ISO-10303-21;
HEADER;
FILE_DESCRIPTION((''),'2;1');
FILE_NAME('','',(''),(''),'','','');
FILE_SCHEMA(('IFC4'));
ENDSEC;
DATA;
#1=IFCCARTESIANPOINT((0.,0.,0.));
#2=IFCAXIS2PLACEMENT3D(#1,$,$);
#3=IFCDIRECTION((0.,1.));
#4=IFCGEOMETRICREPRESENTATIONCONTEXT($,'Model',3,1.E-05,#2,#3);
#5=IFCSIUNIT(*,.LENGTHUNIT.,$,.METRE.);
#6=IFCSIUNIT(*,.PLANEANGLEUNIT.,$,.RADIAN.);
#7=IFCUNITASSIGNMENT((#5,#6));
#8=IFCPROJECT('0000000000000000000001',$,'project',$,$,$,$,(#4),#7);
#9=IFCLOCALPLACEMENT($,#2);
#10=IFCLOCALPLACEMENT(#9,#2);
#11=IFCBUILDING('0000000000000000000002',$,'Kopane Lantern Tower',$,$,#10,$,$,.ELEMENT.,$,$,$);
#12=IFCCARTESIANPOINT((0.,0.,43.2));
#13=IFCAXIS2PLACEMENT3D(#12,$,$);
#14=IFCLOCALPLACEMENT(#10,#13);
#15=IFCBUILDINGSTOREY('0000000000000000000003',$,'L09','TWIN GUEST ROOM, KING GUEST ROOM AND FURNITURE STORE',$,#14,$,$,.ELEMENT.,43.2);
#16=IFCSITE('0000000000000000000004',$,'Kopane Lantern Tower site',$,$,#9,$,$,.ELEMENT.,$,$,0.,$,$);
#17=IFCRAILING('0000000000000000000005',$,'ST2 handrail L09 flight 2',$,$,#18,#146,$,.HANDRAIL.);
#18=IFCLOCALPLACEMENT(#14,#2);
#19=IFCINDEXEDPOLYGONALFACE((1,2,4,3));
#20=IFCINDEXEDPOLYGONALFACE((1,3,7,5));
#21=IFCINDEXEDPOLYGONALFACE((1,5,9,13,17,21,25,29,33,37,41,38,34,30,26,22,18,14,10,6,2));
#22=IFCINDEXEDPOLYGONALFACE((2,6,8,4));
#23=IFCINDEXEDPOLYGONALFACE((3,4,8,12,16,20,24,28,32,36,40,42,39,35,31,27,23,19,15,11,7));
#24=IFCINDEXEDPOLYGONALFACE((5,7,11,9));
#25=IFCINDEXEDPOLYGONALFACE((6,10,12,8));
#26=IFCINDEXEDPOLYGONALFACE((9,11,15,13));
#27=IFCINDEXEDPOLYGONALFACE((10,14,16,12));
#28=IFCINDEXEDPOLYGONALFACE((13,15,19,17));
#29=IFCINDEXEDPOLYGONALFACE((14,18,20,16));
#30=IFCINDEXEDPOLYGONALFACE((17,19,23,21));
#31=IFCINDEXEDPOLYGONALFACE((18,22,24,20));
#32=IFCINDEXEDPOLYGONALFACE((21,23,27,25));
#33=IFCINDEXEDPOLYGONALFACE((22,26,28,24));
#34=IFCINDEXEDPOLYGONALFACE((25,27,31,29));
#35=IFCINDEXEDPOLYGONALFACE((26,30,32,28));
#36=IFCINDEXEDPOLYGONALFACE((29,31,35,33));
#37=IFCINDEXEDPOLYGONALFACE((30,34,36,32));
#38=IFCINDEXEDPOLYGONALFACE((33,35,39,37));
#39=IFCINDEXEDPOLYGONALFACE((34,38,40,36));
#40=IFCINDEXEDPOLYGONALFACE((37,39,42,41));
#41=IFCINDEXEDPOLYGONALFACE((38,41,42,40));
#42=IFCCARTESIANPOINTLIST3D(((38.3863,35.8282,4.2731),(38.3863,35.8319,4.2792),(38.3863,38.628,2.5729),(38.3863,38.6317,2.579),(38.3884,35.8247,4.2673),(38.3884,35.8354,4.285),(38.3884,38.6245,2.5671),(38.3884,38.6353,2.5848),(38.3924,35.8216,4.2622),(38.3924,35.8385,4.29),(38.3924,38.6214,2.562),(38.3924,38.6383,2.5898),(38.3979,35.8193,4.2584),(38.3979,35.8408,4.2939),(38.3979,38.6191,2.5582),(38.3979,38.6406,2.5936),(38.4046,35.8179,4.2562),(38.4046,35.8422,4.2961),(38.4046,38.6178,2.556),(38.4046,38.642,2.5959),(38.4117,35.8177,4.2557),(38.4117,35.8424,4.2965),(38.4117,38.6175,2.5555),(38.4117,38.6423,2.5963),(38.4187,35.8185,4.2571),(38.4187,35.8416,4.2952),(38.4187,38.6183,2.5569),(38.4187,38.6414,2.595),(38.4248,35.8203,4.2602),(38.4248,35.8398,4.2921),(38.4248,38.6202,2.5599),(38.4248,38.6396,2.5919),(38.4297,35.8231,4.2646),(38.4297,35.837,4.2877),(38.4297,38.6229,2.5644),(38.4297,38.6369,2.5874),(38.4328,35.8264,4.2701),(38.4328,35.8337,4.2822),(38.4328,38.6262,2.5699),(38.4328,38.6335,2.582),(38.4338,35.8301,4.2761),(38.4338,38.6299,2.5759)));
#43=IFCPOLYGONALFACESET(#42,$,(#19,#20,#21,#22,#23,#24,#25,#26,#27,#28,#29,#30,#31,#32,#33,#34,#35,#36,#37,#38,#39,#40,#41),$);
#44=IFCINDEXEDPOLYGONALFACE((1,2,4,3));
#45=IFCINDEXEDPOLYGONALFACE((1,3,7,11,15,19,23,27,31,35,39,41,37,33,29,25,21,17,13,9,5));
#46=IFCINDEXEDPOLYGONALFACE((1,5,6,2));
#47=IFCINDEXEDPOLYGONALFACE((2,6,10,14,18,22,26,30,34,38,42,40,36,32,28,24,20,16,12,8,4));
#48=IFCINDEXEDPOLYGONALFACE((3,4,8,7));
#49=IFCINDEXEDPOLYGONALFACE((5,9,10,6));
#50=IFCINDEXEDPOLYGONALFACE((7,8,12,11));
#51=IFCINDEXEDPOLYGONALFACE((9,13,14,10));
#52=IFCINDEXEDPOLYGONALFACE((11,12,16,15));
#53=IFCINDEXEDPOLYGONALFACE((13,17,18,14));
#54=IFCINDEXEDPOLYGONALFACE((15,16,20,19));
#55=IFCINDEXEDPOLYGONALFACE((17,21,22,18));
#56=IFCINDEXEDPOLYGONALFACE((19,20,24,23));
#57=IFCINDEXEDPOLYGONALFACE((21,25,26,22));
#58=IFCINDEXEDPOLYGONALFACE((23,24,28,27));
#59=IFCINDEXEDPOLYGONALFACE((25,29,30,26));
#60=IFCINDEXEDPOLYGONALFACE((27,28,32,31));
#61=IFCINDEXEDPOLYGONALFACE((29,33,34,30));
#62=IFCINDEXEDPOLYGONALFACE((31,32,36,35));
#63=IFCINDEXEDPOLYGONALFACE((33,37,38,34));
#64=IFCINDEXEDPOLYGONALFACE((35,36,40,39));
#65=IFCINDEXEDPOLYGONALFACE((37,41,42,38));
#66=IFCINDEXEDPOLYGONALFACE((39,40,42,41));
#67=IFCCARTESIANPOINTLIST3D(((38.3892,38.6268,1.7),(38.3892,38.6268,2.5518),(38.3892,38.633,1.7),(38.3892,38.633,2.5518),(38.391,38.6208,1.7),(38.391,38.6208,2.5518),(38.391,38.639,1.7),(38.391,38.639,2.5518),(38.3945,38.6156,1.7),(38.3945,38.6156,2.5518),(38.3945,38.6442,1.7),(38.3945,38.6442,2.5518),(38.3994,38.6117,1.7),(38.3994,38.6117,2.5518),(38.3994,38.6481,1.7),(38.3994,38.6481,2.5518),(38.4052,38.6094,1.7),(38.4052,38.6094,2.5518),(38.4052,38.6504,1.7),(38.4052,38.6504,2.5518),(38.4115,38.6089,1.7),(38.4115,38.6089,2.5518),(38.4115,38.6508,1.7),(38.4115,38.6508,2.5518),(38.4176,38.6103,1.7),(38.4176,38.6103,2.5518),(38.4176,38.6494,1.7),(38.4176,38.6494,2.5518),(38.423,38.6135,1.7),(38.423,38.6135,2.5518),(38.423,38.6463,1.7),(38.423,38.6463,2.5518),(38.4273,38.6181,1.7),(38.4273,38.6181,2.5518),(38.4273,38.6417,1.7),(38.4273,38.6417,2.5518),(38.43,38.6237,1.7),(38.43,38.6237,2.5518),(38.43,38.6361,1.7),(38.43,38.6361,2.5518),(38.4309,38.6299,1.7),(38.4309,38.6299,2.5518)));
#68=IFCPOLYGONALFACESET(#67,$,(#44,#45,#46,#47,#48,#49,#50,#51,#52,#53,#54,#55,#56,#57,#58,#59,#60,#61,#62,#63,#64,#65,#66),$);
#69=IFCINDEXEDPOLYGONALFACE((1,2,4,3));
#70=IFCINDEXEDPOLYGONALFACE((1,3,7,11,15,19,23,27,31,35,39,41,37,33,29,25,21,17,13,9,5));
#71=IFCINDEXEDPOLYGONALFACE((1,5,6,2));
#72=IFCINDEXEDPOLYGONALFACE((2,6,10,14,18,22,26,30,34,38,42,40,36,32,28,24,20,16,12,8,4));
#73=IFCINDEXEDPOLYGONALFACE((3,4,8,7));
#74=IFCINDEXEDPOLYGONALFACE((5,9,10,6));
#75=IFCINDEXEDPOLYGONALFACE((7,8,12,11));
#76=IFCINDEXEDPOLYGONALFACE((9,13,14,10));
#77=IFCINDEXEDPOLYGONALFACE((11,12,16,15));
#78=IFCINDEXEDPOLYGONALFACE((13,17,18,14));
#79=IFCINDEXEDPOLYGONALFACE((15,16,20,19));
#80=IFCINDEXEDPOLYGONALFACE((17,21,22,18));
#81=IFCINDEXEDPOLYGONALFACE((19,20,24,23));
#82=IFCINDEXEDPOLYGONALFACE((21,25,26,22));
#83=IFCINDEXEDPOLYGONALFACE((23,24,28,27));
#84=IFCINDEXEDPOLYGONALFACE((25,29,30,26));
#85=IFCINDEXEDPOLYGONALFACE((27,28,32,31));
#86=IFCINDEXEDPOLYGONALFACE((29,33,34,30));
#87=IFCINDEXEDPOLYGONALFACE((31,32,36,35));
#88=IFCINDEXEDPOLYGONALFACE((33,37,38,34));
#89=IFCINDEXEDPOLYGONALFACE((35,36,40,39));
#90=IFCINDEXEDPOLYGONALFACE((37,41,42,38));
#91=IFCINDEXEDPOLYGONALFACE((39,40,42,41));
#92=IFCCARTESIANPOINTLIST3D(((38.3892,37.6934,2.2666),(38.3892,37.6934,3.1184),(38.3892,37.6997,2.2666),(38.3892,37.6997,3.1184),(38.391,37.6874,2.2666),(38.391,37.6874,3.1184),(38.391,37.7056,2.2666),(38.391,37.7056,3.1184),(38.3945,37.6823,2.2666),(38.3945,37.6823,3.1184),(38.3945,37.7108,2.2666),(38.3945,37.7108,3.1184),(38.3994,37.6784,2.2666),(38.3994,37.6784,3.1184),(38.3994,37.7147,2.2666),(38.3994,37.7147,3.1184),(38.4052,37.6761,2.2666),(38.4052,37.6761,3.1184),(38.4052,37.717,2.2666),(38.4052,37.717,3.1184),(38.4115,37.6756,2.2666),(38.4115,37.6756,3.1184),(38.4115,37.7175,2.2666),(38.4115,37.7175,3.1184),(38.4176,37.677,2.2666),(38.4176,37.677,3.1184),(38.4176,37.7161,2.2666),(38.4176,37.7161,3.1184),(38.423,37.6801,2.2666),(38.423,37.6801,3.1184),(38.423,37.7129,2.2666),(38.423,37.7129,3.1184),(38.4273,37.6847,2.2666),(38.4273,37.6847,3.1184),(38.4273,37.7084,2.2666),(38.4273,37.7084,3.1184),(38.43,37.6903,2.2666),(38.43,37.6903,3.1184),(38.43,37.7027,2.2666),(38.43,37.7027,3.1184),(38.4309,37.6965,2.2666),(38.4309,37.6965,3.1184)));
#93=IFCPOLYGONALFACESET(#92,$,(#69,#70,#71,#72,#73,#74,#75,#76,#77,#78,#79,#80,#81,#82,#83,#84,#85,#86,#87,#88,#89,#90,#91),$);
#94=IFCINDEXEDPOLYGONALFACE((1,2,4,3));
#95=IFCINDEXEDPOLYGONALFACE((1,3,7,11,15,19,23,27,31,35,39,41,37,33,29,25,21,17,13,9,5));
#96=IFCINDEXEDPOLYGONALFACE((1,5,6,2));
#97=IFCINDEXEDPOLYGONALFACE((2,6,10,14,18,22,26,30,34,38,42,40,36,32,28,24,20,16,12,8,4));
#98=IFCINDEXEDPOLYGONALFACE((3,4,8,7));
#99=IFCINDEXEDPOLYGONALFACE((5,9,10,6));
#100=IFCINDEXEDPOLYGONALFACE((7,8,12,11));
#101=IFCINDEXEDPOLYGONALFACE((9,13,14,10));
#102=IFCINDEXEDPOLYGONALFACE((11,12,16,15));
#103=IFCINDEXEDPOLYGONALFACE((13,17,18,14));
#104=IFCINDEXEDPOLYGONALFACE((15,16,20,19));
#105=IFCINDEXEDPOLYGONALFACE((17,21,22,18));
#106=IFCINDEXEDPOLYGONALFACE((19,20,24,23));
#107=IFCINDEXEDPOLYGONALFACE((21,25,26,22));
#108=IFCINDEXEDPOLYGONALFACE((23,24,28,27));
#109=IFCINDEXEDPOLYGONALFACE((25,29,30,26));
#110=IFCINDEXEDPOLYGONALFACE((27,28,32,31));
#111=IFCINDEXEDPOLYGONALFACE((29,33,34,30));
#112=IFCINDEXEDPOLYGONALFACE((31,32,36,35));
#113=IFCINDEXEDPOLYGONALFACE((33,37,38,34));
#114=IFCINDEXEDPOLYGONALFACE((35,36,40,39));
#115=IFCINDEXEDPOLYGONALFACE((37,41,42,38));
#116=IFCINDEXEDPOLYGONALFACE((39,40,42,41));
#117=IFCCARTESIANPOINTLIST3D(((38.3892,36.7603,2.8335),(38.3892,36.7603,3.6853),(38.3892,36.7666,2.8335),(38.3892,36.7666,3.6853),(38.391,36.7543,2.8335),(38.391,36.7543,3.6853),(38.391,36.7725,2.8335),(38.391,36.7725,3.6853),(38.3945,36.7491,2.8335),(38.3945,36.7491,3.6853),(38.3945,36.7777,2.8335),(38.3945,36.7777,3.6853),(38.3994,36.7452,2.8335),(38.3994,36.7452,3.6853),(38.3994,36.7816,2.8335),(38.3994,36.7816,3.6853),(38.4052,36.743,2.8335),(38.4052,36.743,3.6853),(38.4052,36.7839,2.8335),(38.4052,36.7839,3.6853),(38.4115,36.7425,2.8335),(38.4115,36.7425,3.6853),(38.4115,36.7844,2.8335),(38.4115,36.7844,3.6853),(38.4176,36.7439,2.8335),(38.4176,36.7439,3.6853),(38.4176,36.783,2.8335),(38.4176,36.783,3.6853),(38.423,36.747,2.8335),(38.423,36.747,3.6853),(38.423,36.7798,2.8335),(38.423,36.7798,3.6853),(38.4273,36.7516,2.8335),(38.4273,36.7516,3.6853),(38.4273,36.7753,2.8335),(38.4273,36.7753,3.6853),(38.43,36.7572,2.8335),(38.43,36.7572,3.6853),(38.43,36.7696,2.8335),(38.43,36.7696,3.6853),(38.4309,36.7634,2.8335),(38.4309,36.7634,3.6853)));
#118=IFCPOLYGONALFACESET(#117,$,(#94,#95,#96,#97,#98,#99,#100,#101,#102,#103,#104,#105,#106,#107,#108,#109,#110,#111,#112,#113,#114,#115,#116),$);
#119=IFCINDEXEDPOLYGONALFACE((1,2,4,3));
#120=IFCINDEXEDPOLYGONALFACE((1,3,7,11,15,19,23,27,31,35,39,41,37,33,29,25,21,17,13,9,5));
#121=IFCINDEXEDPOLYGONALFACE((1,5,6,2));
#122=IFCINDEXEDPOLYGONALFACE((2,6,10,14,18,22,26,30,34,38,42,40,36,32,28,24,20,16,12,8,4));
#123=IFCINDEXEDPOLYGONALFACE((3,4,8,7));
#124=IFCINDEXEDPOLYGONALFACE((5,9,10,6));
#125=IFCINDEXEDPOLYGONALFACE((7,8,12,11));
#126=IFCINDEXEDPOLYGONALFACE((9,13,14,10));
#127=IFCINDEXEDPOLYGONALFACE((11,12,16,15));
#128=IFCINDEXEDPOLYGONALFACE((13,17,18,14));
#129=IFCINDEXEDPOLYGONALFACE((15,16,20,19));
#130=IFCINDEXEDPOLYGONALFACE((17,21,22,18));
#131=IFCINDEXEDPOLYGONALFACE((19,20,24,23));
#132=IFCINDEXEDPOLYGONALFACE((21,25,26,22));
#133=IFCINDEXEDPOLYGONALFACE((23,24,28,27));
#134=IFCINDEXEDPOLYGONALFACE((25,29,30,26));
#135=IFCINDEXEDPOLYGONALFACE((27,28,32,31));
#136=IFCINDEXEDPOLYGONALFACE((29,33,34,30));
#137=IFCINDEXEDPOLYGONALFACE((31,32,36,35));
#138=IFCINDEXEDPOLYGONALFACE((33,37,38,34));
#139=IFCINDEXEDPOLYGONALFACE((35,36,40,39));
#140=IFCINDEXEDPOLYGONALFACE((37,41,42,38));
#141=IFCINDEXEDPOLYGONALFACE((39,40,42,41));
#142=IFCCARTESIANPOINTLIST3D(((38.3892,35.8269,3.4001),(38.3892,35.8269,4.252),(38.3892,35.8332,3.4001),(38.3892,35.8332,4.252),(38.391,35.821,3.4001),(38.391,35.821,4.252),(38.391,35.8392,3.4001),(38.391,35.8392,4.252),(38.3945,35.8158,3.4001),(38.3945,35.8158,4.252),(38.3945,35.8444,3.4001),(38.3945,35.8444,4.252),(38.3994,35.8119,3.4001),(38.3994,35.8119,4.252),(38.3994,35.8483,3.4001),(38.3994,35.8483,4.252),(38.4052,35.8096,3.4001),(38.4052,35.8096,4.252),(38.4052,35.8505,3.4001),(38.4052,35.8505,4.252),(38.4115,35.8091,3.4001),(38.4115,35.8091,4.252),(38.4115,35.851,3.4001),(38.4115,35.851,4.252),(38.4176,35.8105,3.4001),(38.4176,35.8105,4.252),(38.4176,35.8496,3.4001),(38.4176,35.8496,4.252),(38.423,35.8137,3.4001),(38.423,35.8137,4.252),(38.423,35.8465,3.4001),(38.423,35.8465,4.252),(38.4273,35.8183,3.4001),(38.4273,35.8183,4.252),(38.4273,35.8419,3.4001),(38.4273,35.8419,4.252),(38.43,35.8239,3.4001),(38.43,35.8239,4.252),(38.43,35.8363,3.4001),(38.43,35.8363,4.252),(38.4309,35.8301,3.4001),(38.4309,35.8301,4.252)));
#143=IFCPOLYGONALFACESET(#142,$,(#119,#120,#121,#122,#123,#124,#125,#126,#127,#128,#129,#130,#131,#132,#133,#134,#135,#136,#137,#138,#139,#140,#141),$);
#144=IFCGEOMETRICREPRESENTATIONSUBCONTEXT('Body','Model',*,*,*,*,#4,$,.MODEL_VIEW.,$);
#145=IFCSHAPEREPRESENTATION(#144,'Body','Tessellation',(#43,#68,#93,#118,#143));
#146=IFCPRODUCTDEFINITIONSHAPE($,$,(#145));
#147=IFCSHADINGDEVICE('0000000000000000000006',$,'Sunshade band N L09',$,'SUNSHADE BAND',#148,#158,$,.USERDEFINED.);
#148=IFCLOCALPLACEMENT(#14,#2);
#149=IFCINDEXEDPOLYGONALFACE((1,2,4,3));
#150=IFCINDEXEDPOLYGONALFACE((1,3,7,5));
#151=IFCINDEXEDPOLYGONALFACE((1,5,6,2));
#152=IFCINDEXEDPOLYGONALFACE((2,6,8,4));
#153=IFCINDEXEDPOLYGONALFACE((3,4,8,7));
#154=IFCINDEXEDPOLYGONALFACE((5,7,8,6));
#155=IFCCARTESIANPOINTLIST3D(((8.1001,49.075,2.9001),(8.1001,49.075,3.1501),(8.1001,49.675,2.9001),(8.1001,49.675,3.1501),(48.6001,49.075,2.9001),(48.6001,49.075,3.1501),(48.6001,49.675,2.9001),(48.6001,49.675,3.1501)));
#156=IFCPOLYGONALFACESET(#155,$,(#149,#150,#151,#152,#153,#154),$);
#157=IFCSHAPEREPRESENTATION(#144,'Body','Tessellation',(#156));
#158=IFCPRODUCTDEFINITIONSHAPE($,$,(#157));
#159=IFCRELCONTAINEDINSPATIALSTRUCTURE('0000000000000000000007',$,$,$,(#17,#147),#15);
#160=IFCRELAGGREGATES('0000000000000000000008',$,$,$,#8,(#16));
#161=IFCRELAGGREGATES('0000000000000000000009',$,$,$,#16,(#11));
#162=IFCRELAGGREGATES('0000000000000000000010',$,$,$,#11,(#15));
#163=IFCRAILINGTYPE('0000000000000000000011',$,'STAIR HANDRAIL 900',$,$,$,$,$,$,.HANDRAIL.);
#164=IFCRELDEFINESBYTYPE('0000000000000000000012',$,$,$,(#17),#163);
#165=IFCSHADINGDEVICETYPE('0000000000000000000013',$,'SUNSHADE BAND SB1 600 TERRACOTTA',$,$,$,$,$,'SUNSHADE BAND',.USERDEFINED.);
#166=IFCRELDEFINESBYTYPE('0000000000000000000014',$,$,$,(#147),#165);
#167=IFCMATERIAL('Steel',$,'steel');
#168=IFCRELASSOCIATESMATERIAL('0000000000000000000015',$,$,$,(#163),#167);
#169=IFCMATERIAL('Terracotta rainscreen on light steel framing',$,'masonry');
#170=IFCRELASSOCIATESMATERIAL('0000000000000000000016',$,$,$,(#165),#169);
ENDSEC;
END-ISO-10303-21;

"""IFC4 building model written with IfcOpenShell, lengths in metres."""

from ifc_helpers import new_model, si_unit, direction, frame, origin, origin_2d, place, context, subcontext, project, spatial, rectangle, circle, extrude, material, type_object, element, save


model = new_model("IFC4")

# Units and contexts
model_context = context("Model", 3, precision=1e-05, world=origin(), true_north=direction((0.0, 1.0)))
body_context = subcontext(model_context, "Body", "Model", "MODEL_VIEW")
ifc_project = project(units=[si_unit("LENGTHUNIT", "METRE"), si_unit("PLANEANGLEUNIT", "RADIAN")], contexts=[model_context])

# Site, building, storey
site_placement = place(None, origin())
site = spatial("IfcSite", under=ifc_project, at=site_placement, Name="Kopane Lantern Tower site", CompositionType="ELEMENT", RefElevation=0.0)
building_placement = place(site_placement, origin())
building = spatial("IfcBuilding", under=site, at=building_placement, Name="Kopane Lantern Tower", CompositionType="ELEMENT")
storey_placement = place(building_placement, frame((0.0, 0.0, 43.2)))
storey = spatial("IfcBuildingStorey", under=building, at=storey_placement, Name="L09", Description="TWIN GUEST ROOM, KING GUEST ROOM AND FURNITURE STORE", CompositionType="ELEMENT", Elevation=43.2)

# Railing
ifc_material_1 = material(Name="Steel", Category="steel")
railing_type = type_object("IfcRailingType", Name="STAIR HANDRAIL 900", PredefinedType="HANDRAIL", material=ifc_material_1)
for number, where, name in (
    (1, (38.4099, 38.6299, 1.7), "ST2 handrail L09 flight 2"),
):
    element("IfcRailing", number, at=place(storey_placement, frame(where)), inside=storey, type_object=railing_type, Name=name, PredefinedType="HANDRAIL", context=body_context, shape_type="SweptSolid", body=[
        extrude(circle(Radius=0.0239, at=origin_2d()), frame((0.0, 0.0, 0.876), z_axis=(0.0, -0.854745, 0.519048), x_axis=(1.0, 0.0, 0.0)), (0.0, 0.0, 1.0), 3.2756),
        extrude(circle(Radius=0.021, at=origin_2d()), origin(), (0.0, 0.0, 1.0), 0.8518),
        extrude(circle(Radius=0.021, at=origin_2d()), frame((0.0, -0.9333, 0.5667)), (0.0, 0.0, 1.0), 0.8518),
        extrude(circle(Radius=0.021, at=origin_2d()), frame((0.0, -1.8665, 1.1335)), (0.0, 0.0, 1.0), 0.8518),
        extrude(circle(Radius=0.021, at=origin_2d()), frame((0.0, -2.7998, 1.7002)), (0.0, 0.0, 1.0), 0.8518),
    ])

# Shading device
ifc_material_2 = material(Name="Terracotta rainscreen on light steel framing", Category="masonry")
shading_device_type = type_object("IfcShadingDeviceType", Name="SUNSHADE BAND SB1 600 TERRACOTTA", ElementType="SUNSHADE BAND", PredefinedType="USERDEFINED", material=ifc_material_2)
shading_device_placement = place(storey_placement, frame((28.3501, 49.375, 2.9001), z_axis=(0.0, 0.0, 1.0), x_axis=(-1.0, 0.0, 0.0)))
element("IfcShadingDevice", 2, at=shading_device_placement, inside=storey, type_object=shading_device_type, Name="Sunshade band N L09", ObjectType="SUNSHADE BAND", PredefinedType="USERDEFINED", context=body_context, shape_type="SweptSolid", body=[
    extrude(rectangle(XDim=40.5, YDim=0.6001, at=origin_2d()), origin(), (0.0, 0.0, 1.0), 0.25),
])

save(model, "model.ifc")
